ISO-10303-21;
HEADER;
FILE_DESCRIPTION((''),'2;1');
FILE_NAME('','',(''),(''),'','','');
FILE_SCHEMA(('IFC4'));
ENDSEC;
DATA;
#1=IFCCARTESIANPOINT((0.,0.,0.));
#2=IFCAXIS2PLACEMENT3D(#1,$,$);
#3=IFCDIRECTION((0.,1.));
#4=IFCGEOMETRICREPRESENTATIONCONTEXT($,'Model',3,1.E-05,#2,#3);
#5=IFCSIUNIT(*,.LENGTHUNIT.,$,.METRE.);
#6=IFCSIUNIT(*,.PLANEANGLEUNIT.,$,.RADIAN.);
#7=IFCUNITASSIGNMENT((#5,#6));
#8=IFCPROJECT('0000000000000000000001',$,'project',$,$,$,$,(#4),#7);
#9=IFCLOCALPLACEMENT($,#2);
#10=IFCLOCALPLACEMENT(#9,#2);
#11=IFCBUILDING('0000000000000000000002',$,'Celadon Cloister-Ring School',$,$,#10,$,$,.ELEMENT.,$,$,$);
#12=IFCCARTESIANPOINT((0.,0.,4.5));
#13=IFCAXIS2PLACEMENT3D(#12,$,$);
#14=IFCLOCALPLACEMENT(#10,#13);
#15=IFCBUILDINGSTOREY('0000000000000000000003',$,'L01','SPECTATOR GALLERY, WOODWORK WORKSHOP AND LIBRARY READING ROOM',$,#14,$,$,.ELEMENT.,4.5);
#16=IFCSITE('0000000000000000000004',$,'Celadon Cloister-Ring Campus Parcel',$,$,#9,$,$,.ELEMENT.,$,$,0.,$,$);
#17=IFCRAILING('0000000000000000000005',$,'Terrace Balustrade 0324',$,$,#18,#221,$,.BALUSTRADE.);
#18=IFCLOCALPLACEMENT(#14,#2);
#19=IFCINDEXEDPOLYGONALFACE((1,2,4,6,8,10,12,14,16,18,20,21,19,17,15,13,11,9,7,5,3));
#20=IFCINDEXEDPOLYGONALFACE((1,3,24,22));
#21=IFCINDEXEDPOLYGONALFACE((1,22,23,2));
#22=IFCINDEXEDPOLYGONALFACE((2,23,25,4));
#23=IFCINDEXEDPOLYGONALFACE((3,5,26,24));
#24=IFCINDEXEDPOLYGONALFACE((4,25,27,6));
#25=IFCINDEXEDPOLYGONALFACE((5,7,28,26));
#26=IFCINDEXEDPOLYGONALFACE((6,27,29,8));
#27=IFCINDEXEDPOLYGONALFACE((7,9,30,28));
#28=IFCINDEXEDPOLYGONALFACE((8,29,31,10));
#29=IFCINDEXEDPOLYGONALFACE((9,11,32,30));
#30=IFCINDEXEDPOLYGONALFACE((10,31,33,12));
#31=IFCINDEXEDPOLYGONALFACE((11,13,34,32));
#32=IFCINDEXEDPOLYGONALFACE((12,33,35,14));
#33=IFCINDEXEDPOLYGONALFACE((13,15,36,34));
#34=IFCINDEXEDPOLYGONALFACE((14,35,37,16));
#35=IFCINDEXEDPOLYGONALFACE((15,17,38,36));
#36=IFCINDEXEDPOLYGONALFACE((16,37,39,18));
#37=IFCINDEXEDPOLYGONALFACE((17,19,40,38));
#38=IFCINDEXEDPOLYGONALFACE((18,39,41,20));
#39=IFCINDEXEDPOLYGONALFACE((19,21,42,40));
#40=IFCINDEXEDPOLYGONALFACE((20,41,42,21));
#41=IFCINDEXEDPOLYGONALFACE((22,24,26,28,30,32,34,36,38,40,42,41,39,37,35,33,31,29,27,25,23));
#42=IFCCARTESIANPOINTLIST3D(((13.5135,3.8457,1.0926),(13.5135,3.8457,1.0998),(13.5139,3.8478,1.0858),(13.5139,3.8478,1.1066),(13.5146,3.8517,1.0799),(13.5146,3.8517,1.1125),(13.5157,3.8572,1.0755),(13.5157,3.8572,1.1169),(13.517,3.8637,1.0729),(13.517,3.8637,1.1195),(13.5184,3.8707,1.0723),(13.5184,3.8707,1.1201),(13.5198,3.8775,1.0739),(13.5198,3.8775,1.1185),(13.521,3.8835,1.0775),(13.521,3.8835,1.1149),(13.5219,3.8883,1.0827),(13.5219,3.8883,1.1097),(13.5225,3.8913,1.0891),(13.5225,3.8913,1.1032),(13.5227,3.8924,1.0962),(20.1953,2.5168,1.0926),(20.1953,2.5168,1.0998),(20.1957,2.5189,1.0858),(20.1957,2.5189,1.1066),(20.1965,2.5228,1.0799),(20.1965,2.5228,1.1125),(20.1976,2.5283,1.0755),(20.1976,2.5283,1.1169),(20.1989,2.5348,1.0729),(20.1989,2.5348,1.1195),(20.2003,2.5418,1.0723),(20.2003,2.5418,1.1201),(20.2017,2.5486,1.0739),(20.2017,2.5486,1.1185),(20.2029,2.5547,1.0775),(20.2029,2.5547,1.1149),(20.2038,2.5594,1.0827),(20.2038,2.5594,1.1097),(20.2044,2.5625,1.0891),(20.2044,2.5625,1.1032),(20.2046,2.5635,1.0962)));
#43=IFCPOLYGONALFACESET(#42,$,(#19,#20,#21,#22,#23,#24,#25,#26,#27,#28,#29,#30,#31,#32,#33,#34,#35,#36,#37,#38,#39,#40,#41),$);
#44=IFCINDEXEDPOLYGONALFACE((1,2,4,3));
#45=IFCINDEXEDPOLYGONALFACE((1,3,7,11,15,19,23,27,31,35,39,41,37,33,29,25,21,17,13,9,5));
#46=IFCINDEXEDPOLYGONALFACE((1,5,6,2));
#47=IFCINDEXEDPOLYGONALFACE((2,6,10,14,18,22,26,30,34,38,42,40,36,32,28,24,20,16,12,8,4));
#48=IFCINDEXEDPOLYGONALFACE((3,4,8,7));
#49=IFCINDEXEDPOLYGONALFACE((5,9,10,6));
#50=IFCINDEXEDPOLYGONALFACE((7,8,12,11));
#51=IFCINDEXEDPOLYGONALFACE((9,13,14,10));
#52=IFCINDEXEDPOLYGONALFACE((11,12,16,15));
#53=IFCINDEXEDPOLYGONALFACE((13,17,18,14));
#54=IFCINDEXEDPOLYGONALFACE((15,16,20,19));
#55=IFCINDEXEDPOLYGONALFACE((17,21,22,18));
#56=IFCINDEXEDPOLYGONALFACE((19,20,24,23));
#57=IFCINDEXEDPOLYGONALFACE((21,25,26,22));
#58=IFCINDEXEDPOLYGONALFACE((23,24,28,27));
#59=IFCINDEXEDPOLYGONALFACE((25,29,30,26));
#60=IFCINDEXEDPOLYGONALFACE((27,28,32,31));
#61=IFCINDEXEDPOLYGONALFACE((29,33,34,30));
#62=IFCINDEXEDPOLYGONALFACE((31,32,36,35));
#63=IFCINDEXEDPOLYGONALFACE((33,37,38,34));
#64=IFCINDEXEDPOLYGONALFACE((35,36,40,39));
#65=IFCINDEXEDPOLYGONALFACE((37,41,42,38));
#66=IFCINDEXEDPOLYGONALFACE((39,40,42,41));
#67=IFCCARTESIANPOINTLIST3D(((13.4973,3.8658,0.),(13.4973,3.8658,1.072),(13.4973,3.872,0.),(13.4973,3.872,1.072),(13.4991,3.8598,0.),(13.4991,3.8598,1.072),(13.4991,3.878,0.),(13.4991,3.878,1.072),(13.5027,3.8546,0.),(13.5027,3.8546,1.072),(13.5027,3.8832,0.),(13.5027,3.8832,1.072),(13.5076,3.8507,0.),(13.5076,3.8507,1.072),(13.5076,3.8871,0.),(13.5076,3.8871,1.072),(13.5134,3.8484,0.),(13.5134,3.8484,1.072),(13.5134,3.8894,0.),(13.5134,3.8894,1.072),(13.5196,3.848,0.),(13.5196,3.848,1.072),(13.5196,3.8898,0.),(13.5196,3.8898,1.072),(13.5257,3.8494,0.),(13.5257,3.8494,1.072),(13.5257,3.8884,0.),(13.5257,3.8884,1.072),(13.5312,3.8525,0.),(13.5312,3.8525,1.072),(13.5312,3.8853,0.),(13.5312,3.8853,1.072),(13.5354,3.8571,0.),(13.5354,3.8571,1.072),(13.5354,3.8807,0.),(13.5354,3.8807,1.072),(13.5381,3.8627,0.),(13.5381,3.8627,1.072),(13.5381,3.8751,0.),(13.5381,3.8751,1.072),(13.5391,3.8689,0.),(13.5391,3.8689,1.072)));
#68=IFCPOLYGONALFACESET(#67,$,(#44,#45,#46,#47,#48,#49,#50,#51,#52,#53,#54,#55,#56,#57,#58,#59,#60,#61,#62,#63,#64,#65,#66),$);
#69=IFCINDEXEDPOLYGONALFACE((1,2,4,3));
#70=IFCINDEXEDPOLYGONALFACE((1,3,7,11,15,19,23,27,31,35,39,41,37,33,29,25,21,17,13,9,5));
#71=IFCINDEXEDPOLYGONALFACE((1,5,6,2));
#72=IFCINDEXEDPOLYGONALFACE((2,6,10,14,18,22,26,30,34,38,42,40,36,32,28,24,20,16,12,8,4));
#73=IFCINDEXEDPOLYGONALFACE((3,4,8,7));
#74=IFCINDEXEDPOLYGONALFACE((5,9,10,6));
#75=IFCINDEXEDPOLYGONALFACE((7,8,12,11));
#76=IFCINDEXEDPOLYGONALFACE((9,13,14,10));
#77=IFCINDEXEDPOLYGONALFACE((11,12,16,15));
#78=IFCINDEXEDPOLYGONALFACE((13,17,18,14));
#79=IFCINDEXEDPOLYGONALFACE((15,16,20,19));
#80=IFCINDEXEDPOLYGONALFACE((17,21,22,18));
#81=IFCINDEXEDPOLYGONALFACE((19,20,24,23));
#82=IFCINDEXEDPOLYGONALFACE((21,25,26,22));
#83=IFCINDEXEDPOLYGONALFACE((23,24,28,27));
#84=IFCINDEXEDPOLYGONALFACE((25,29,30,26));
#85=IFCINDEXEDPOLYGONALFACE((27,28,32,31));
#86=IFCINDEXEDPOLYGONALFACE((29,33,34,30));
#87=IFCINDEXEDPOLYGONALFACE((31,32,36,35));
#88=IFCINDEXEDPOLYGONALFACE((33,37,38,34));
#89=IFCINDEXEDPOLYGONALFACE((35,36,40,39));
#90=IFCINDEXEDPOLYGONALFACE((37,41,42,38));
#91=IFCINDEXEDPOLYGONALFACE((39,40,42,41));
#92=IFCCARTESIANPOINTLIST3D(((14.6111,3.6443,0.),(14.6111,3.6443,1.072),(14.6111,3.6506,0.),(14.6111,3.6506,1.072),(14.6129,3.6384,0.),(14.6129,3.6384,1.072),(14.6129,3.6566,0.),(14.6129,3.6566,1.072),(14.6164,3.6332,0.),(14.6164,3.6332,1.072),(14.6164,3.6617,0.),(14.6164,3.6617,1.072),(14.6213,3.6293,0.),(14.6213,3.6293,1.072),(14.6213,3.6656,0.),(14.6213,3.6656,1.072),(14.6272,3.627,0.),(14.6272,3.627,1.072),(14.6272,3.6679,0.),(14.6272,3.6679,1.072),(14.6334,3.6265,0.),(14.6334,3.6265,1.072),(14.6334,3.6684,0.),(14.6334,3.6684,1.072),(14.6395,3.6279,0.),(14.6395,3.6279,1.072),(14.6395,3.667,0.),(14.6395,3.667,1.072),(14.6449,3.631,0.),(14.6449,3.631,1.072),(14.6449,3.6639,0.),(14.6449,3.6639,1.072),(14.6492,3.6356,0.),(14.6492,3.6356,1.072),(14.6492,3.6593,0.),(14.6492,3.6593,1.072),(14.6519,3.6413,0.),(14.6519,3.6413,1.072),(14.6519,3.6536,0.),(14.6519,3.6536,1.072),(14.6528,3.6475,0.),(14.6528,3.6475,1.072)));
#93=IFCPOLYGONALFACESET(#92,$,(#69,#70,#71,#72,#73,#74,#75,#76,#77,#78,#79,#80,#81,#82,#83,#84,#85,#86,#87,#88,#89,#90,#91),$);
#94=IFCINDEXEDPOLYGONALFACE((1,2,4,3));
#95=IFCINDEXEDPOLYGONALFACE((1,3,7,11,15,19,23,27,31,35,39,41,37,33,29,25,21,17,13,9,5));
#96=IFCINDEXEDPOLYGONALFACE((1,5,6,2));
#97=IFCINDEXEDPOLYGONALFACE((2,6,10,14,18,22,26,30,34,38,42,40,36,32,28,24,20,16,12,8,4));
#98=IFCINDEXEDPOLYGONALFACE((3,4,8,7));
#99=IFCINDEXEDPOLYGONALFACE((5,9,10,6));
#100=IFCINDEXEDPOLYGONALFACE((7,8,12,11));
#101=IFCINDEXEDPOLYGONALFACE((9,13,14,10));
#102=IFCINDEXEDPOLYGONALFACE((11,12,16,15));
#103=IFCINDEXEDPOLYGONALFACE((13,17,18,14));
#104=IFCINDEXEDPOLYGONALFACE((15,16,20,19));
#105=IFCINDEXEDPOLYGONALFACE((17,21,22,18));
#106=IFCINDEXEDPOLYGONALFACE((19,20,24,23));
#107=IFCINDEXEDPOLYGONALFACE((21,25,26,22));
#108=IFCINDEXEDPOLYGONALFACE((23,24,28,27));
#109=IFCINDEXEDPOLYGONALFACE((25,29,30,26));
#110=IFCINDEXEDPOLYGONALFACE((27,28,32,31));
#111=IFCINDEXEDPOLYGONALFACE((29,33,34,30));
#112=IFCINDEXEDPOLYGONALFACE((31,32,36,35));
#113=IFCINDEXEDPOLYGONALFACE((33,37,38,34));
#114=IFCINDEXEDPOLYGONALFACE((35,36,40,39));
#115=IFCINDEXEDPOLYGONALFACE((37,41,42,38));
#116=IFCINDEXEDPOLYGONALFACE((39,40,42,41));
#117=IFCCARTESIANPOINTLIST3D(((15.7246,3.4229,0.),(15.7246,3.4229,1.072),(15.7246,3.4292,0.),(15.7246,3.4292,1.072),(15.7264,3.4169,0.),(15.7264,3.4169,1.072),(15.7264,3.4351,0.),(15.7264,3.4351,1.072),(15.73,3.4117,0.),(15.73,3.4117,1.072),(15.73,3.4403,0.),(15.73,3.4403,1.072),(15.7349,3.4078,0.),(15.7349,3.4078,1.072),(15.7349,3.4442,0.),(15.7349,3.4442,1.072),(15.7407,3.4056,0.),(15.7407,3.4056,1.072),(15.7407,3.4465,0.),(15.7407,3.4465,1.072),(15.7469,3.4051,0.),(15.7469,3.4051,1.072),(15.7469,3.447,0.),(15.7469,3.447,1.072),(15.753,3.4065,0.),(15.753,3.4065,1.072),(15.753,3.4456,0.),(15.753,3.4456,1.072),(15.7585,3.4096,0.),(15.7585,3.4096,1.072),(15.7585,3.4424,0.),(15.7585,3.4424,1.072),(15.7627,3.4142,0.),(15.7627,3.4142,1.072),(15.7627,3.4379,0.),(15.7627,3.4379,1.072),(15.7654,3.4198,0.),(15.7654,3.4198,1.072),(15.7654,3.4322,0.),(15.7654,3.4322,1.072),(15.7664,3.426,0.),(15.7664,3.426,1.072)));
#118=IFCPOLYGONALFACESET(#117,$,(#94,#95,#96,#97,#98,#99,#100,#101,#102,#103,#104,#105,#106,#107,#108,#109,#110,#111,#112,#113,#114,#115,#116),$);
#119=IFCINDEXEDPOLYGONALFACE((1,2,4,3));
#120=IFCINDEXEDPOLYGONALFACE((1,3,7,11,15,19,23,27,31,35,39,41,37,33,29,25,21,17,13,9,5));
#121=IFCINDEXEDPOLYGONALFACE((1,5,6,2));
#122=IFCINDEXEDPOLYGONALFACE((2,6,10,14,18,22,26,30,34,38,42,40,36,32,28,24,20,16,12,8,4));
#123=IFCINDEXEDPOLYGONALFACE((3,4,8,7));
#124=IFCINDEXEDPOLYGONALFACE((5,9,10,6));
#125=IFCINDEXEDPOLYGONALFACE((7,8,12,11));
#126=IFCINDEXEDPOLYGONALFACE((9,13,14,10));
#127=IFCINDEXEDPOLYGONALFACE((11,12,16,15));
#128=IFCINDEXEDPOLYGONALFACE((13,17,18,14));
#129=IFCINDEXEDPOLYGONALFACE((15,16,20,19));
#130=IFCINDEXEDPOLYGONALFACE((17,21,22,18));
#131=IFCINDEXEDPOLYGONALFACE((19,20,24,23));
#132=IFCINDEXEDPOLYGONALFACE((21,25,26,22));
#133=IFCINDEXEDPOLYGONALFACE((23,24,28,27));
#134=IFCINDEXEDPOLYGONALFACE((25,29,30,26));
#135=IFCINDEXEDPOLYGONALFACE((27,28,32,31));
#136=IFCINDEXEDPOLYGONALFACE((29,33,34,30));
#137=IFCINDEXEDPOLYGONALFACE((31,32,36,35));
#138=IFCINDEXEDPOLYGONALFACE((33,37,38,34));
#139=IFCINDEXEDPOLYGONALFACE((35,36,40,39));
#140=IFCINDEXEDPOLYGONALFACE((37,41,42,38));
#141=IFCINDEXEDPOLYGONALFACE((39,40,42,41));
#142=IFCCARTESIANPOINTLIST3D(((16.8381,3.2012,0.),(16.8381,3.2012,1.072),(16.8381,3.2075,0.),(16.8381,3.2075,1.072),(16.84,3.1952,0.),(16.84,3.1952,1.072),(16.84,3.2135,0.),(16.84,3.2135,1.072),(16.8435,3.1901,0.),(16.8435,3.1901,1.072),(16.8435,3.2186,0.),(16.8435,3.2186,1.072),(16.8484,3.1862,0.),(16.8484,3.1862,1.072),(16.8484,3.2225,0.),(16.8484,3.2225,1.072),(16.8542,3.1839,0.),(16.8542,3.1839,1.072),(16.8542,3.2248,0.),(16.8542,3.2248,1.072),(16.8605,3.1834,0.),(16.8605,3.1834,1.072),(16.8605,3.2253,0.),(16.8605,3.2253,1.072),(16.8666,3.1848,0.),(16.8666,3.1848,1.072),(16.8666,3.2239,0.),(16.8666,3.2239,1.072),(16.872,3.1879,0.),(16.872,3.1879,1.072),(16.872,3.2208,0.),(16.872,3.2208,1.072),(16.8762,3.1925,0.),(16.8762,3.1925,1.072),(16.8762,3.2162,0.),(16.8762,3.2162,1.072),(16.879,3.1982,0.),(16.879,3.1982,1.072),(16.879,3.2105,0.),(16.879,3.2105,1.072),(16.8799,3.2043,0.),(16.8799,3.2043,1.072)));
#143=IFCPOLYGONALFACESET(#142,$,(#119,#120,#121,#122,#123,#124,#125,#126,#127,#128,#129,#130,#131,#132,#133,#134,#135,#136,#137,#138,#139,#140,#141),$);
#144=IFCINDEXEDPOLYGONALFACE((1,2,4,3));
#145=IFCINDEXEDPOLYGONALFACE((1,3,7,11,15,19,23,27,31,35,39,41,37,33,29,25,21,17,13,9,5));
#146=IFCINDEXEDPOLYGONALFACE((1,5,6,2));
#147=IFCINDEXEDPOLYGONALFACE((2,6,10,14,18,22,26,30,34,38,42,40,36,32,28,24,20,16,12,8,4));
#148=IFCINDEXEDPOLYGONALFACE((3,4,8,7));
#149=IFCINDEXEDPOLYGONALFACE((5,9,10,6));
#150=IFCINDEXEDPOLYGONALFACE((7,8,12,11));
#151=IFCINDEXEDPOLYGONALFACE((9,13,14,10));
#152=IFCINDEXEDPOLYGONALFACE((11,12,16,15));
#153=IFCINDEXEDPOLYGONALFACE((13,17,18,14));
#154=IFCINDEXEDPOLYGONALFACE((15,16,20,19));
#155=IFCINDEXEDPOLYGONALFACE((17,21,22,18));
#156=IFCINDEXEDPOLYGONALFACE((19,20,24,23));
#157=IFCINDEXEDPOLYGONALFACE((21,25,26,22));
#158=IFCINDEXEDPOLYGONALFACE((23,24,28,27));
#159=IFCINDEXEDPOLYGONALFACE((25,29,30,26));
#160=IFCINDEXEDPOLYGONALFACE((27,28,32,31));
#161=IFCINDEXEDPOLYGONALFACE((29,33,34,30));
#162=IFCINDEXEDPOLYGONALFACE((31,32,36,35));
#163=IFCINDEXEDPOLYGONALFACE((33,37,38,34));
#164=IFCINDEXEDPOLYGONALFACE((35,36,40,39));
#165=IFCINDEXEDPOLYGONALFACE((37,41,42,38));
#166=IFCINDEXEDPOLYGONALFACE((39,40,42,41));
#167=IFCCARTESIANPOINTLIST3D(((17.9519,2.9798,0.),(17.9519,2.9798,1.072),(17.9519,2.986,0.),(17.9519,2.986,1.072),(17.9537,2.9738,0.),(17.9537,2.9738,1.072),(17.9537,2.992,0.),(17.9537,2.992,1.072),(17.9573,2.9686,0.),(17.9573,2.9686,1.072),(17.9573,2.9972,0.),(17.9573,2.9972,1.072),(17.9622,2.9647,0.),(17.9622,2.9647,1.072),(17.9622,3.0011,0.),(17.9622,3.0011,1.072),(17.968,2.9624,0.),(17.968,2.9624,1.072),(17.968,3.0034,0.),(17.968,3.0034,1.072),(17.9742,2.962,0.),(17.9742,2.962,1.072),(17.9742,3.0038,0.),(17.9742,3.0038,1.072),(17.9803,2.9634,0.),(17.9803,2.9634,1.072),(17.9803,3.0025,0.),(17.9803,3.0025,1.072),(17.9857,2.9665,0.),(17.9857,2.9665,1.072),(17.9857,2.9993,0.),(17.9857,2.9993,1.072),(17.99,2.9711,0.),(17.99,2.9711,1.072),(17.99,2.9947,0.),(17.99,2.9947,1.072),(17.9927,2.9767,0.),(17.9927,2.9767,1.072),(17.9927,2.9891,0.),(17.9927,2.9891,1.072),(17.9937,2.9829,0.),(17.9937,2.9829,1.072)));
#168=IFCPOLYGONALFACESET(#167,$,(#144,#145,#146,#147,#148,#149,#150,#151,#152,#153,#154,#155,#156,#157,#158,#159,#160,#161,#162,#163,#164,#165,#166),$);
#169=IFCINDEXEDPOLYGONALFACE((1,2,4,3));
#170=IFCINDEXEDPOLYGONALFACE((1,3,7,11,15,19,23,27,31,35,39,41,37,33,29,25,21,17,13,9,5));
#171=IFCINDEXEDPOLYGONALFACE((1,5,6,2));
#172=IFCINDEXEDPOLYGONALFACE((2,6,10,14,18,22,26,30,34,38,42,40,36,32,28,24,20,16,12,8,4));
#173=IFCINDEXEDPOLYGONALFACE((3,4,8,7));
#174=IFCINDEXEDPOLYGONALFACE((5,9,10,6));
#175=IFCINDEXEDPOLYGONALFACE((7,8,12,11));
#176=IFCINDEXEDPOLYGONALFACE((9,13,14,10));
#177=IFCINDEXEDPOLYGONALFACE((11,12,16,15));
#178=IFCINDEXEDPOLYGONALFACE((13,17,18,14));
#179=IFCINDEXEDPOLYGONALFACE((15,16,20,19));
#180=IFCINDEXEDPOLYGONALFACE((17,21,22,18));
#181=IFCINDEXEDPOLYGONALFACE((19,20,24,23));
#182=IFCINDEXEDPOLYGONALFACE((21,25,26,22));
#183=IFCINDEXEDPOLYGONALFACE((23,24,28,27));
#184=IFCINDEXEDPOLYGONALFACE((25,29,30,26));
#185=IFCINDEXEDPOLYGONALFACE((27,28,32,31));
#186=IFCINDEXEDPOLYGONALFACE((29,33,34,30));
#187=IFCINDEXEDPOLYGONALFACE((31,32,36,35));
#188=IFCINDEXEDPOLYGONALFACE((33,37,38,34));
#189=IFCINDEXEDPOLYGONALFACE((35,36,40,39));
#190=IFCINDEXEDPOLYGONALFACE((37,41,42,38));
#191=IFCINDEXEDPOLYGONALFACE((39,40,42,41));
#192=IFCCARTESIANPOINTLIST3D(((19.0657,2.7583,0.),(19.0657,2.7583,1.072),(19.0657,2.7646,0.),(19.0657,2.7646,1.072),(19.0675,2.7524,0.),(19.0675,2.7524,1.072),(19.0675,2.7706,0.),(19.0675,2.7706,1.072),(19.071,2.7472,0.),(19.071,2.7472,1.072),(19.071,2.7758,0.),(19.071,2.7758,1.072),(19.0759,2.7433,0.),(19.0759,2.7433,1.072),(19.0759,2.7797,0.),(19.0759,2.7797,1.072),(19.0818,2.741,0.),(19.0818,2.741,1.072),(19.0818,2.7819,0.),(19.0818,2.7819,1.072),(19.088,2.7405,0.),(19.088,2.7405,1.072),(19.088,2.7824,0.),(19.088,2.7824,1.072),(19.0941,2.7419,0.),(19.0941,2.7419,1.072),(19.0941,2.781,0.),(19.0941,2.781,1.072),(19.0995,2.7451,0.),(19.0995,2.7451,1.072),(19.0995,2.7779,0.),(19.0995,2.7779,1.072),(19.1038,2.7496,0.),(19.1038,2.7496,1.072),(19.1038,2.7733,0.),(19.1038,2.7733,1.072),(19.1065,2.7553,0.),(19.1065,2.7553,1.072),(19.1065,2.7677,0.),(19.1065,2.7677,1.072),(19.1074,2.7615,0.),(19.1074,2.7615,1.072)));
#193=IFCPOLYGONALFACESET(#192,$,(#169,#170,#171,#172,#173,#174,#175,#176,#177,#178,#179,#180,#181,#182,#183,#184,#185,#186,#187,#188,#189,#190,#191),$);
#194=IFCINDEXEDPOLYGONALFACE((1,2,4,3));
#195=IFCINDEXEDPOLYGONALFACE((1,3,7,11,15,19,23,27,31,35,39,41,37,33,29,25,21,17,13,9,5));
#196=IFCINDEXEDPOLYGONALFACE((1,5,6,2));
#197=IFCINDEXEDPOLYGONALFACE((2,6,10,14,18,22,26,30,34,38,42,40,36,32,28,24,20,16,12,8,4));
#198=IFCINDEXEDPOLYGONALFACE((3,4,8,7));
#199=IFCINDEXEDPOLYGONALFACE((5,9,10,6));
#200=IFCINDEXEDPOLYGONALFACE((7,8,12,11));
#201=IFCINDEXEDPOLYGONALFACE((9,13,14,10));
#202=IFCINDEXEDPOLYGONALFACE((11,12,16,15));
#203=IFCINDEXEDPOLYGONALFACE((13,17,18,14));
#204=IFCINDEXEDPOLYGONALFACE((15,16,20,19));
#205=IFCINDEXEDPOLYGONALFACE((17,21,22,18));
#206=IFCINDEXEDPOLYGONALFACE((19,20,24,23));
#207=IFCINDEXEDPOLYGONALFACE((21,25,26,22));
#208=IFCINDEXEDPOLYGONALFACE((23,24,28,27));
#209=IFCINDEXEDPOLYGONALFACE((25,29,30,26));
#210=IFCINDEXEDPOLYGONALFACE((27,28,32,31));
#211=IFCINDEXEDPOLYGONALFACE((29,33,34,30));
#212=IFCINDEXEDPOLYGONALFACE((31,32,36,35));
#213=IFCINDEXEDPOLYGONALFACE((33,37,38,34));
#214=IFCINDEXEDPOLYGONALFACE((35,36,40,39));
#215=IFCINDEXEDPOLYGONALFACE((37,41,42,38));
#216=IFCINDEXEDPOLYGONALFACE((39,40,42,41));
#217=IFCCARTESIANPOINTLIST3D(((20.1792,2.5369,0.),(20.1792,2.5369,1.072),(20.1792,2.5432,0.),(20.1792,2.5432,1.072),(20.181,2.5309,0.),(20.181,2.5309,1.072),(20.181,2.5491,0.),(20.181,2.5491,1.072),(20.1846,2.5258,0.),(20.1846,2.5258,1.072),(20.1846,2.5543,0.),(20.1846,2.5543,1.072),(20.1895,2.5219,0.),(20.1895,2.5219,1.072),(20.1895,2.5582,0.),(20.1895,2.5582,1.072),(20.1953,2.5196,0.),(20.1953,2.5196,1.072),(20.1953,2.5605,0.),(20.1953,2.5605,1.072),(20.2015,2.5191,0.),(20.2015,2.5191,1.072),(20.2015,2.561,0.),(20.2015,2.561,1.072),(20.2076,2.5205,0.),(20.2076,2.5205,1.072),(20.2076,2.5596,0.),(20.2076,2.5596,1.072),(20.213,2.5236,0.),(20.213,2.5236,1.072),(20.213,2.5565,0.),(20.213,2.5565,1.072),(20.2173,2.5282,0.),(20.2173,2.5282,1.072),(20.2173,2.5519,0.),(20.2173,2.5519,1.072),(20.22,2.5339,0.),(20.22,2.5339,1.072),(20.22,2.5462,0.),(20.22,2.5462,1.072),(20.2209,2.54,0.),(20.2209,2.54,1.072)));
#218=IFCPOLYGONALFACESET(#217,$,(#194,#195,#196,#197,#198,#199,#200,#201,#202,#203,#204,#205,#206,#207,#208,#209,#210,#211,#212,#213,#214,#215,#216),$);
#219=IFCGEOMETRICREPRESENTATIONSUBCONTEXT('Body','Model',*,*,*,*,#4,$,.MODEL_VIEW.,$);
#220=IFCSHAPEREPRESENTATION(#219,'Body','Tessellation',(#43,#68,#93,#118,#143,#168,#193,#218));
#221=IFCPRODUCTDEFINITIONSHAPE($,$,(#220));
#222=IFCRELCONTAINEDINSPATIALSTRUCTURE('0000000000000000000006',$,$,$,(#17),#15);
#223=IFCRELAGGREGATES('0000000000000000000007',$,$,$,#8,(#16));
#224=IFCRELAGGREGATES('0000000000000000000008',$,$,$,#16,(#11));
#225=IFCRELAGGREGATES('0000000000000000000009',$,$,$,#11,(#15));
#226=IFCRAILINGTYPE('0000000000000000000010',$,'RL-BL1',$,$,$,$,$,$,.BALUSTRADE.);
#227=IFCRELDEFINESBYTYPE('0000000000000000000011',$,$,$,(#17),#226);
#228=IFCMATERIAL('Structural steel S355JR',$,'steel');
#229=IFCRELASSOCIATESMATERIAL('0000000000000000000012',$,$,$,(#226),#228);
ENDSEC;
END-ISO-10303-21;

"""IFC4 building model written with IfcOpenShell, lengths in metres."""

from ifc_helpers import new_model, si_unit, direction, frame, origin, origin_2d, place, context, subcontext, project, spatial, circle, extrude, material, type_object, element, save


model = new_model("IFC4")

# Units and contexts
model_context = context("Model", 3, precision=1e-05, world=origin(), true_north=direction((0.0, 1.0)))
body_context = subcontext(model_context, "Body", "Model", "MODEL_VIEW")
ifc_project = project(units=[si_unit("LENGTHUNIT", "METRE"), si_unit("PLANEANGLEUNIT", "RADIAN")], contexts=[model_context])

# Site, building, storey
site_placement = place(None, origin())
site = spatial("IfcSite", under=ifc_project, at=site_placement, Name="Celadon Cloister-Ring Campus Parcel", CompositionType="ELEMENT", RefElevation=0.0)
building_placement = place(site_placement, origin())
building = spatial("IfcBuilding", under=site, at=building_placement, Name="Celadon Cloister-Ring School", CompositionType="ELEMENT")
storey_placement = place(building_placement, frame((0.0, 0.0, 4.5)))
storey = spatial("IfcBuildingStorey", under=building, at=storey_placement, Name="L01", Description="SPECTATOR GALLERY, WOODWORK WORKSHOP AND LIBRARY READING ROOM", CompositionType="ELEMENT", Elevation=4.5)

# Railing
ifc_material_1 = material(Name="Structural steel S355JR", Category="steel")
railing_type = type_object("IfcRailingType", Name="RL-BL1", PredefinedType="BALUSTRADE", material=ifc_material_1)
railing_1_placement = place(storey_placement, frame((13.5181, 3.8689, 0.0)))
element("IfcRailing", 1, at=railing_1_placement, inside=storey, type_object=railing_type, Name="Terrace Balustrade 0324", PredefinedType="BALUSTRADE", context=body_context, shape_type="SweptSolid", body=[
    extrude(circle(Radius=0.0239, at=origin_2d()), frame((0.0, 0.0, 1.0962), z_axis=(0.980792, -0.195055, 0.0), x_axis=(0.195055, 0.980792, 0.0)), (0.0, 0.0, 1.0), 6.8127),
    extrude(circle(Radius=0.021, at=origin_2d()), origin(), (0.0, 0.0, 1.0), 1.072),
    extrude(circle(Radius=0.021, at=origin_2d()), frame((1.1138, -0.2214, 0.0)), (0.0, 0.0, 1.0), 1.072),
    extrude(circle(Radius=0.021, at=origin_2d()), frame((2.2273, -0.4429, 0.0)), (0.0, 0.0, 1.0), 1.072),
    extrude(circle(Radius=0.021, at=origin_2d()), frame((3.3408, -0.6646, 0.0)), (0.0, 0.0, 1.0), 1.072),
    extrude(circle(Radius=0.021, at=origin_2d()), frame((4.4546, -0.886, 0.0)), (0.0, 0.0, 1.0), 1.072),
    extrude(circle(Radius=0.021, at=origin_2d()), frame((5.5684, -1.1074, 0.0)), (0.0, 0.0, 1.0), 1.072),
    extrude(circle(Radius=0.021, at=origin_2d()), frame((6.6819, -1.3289, 0.0)), (0.0, 0.0, 1.0), 1.072),
])

save(model, "model.ifc")
